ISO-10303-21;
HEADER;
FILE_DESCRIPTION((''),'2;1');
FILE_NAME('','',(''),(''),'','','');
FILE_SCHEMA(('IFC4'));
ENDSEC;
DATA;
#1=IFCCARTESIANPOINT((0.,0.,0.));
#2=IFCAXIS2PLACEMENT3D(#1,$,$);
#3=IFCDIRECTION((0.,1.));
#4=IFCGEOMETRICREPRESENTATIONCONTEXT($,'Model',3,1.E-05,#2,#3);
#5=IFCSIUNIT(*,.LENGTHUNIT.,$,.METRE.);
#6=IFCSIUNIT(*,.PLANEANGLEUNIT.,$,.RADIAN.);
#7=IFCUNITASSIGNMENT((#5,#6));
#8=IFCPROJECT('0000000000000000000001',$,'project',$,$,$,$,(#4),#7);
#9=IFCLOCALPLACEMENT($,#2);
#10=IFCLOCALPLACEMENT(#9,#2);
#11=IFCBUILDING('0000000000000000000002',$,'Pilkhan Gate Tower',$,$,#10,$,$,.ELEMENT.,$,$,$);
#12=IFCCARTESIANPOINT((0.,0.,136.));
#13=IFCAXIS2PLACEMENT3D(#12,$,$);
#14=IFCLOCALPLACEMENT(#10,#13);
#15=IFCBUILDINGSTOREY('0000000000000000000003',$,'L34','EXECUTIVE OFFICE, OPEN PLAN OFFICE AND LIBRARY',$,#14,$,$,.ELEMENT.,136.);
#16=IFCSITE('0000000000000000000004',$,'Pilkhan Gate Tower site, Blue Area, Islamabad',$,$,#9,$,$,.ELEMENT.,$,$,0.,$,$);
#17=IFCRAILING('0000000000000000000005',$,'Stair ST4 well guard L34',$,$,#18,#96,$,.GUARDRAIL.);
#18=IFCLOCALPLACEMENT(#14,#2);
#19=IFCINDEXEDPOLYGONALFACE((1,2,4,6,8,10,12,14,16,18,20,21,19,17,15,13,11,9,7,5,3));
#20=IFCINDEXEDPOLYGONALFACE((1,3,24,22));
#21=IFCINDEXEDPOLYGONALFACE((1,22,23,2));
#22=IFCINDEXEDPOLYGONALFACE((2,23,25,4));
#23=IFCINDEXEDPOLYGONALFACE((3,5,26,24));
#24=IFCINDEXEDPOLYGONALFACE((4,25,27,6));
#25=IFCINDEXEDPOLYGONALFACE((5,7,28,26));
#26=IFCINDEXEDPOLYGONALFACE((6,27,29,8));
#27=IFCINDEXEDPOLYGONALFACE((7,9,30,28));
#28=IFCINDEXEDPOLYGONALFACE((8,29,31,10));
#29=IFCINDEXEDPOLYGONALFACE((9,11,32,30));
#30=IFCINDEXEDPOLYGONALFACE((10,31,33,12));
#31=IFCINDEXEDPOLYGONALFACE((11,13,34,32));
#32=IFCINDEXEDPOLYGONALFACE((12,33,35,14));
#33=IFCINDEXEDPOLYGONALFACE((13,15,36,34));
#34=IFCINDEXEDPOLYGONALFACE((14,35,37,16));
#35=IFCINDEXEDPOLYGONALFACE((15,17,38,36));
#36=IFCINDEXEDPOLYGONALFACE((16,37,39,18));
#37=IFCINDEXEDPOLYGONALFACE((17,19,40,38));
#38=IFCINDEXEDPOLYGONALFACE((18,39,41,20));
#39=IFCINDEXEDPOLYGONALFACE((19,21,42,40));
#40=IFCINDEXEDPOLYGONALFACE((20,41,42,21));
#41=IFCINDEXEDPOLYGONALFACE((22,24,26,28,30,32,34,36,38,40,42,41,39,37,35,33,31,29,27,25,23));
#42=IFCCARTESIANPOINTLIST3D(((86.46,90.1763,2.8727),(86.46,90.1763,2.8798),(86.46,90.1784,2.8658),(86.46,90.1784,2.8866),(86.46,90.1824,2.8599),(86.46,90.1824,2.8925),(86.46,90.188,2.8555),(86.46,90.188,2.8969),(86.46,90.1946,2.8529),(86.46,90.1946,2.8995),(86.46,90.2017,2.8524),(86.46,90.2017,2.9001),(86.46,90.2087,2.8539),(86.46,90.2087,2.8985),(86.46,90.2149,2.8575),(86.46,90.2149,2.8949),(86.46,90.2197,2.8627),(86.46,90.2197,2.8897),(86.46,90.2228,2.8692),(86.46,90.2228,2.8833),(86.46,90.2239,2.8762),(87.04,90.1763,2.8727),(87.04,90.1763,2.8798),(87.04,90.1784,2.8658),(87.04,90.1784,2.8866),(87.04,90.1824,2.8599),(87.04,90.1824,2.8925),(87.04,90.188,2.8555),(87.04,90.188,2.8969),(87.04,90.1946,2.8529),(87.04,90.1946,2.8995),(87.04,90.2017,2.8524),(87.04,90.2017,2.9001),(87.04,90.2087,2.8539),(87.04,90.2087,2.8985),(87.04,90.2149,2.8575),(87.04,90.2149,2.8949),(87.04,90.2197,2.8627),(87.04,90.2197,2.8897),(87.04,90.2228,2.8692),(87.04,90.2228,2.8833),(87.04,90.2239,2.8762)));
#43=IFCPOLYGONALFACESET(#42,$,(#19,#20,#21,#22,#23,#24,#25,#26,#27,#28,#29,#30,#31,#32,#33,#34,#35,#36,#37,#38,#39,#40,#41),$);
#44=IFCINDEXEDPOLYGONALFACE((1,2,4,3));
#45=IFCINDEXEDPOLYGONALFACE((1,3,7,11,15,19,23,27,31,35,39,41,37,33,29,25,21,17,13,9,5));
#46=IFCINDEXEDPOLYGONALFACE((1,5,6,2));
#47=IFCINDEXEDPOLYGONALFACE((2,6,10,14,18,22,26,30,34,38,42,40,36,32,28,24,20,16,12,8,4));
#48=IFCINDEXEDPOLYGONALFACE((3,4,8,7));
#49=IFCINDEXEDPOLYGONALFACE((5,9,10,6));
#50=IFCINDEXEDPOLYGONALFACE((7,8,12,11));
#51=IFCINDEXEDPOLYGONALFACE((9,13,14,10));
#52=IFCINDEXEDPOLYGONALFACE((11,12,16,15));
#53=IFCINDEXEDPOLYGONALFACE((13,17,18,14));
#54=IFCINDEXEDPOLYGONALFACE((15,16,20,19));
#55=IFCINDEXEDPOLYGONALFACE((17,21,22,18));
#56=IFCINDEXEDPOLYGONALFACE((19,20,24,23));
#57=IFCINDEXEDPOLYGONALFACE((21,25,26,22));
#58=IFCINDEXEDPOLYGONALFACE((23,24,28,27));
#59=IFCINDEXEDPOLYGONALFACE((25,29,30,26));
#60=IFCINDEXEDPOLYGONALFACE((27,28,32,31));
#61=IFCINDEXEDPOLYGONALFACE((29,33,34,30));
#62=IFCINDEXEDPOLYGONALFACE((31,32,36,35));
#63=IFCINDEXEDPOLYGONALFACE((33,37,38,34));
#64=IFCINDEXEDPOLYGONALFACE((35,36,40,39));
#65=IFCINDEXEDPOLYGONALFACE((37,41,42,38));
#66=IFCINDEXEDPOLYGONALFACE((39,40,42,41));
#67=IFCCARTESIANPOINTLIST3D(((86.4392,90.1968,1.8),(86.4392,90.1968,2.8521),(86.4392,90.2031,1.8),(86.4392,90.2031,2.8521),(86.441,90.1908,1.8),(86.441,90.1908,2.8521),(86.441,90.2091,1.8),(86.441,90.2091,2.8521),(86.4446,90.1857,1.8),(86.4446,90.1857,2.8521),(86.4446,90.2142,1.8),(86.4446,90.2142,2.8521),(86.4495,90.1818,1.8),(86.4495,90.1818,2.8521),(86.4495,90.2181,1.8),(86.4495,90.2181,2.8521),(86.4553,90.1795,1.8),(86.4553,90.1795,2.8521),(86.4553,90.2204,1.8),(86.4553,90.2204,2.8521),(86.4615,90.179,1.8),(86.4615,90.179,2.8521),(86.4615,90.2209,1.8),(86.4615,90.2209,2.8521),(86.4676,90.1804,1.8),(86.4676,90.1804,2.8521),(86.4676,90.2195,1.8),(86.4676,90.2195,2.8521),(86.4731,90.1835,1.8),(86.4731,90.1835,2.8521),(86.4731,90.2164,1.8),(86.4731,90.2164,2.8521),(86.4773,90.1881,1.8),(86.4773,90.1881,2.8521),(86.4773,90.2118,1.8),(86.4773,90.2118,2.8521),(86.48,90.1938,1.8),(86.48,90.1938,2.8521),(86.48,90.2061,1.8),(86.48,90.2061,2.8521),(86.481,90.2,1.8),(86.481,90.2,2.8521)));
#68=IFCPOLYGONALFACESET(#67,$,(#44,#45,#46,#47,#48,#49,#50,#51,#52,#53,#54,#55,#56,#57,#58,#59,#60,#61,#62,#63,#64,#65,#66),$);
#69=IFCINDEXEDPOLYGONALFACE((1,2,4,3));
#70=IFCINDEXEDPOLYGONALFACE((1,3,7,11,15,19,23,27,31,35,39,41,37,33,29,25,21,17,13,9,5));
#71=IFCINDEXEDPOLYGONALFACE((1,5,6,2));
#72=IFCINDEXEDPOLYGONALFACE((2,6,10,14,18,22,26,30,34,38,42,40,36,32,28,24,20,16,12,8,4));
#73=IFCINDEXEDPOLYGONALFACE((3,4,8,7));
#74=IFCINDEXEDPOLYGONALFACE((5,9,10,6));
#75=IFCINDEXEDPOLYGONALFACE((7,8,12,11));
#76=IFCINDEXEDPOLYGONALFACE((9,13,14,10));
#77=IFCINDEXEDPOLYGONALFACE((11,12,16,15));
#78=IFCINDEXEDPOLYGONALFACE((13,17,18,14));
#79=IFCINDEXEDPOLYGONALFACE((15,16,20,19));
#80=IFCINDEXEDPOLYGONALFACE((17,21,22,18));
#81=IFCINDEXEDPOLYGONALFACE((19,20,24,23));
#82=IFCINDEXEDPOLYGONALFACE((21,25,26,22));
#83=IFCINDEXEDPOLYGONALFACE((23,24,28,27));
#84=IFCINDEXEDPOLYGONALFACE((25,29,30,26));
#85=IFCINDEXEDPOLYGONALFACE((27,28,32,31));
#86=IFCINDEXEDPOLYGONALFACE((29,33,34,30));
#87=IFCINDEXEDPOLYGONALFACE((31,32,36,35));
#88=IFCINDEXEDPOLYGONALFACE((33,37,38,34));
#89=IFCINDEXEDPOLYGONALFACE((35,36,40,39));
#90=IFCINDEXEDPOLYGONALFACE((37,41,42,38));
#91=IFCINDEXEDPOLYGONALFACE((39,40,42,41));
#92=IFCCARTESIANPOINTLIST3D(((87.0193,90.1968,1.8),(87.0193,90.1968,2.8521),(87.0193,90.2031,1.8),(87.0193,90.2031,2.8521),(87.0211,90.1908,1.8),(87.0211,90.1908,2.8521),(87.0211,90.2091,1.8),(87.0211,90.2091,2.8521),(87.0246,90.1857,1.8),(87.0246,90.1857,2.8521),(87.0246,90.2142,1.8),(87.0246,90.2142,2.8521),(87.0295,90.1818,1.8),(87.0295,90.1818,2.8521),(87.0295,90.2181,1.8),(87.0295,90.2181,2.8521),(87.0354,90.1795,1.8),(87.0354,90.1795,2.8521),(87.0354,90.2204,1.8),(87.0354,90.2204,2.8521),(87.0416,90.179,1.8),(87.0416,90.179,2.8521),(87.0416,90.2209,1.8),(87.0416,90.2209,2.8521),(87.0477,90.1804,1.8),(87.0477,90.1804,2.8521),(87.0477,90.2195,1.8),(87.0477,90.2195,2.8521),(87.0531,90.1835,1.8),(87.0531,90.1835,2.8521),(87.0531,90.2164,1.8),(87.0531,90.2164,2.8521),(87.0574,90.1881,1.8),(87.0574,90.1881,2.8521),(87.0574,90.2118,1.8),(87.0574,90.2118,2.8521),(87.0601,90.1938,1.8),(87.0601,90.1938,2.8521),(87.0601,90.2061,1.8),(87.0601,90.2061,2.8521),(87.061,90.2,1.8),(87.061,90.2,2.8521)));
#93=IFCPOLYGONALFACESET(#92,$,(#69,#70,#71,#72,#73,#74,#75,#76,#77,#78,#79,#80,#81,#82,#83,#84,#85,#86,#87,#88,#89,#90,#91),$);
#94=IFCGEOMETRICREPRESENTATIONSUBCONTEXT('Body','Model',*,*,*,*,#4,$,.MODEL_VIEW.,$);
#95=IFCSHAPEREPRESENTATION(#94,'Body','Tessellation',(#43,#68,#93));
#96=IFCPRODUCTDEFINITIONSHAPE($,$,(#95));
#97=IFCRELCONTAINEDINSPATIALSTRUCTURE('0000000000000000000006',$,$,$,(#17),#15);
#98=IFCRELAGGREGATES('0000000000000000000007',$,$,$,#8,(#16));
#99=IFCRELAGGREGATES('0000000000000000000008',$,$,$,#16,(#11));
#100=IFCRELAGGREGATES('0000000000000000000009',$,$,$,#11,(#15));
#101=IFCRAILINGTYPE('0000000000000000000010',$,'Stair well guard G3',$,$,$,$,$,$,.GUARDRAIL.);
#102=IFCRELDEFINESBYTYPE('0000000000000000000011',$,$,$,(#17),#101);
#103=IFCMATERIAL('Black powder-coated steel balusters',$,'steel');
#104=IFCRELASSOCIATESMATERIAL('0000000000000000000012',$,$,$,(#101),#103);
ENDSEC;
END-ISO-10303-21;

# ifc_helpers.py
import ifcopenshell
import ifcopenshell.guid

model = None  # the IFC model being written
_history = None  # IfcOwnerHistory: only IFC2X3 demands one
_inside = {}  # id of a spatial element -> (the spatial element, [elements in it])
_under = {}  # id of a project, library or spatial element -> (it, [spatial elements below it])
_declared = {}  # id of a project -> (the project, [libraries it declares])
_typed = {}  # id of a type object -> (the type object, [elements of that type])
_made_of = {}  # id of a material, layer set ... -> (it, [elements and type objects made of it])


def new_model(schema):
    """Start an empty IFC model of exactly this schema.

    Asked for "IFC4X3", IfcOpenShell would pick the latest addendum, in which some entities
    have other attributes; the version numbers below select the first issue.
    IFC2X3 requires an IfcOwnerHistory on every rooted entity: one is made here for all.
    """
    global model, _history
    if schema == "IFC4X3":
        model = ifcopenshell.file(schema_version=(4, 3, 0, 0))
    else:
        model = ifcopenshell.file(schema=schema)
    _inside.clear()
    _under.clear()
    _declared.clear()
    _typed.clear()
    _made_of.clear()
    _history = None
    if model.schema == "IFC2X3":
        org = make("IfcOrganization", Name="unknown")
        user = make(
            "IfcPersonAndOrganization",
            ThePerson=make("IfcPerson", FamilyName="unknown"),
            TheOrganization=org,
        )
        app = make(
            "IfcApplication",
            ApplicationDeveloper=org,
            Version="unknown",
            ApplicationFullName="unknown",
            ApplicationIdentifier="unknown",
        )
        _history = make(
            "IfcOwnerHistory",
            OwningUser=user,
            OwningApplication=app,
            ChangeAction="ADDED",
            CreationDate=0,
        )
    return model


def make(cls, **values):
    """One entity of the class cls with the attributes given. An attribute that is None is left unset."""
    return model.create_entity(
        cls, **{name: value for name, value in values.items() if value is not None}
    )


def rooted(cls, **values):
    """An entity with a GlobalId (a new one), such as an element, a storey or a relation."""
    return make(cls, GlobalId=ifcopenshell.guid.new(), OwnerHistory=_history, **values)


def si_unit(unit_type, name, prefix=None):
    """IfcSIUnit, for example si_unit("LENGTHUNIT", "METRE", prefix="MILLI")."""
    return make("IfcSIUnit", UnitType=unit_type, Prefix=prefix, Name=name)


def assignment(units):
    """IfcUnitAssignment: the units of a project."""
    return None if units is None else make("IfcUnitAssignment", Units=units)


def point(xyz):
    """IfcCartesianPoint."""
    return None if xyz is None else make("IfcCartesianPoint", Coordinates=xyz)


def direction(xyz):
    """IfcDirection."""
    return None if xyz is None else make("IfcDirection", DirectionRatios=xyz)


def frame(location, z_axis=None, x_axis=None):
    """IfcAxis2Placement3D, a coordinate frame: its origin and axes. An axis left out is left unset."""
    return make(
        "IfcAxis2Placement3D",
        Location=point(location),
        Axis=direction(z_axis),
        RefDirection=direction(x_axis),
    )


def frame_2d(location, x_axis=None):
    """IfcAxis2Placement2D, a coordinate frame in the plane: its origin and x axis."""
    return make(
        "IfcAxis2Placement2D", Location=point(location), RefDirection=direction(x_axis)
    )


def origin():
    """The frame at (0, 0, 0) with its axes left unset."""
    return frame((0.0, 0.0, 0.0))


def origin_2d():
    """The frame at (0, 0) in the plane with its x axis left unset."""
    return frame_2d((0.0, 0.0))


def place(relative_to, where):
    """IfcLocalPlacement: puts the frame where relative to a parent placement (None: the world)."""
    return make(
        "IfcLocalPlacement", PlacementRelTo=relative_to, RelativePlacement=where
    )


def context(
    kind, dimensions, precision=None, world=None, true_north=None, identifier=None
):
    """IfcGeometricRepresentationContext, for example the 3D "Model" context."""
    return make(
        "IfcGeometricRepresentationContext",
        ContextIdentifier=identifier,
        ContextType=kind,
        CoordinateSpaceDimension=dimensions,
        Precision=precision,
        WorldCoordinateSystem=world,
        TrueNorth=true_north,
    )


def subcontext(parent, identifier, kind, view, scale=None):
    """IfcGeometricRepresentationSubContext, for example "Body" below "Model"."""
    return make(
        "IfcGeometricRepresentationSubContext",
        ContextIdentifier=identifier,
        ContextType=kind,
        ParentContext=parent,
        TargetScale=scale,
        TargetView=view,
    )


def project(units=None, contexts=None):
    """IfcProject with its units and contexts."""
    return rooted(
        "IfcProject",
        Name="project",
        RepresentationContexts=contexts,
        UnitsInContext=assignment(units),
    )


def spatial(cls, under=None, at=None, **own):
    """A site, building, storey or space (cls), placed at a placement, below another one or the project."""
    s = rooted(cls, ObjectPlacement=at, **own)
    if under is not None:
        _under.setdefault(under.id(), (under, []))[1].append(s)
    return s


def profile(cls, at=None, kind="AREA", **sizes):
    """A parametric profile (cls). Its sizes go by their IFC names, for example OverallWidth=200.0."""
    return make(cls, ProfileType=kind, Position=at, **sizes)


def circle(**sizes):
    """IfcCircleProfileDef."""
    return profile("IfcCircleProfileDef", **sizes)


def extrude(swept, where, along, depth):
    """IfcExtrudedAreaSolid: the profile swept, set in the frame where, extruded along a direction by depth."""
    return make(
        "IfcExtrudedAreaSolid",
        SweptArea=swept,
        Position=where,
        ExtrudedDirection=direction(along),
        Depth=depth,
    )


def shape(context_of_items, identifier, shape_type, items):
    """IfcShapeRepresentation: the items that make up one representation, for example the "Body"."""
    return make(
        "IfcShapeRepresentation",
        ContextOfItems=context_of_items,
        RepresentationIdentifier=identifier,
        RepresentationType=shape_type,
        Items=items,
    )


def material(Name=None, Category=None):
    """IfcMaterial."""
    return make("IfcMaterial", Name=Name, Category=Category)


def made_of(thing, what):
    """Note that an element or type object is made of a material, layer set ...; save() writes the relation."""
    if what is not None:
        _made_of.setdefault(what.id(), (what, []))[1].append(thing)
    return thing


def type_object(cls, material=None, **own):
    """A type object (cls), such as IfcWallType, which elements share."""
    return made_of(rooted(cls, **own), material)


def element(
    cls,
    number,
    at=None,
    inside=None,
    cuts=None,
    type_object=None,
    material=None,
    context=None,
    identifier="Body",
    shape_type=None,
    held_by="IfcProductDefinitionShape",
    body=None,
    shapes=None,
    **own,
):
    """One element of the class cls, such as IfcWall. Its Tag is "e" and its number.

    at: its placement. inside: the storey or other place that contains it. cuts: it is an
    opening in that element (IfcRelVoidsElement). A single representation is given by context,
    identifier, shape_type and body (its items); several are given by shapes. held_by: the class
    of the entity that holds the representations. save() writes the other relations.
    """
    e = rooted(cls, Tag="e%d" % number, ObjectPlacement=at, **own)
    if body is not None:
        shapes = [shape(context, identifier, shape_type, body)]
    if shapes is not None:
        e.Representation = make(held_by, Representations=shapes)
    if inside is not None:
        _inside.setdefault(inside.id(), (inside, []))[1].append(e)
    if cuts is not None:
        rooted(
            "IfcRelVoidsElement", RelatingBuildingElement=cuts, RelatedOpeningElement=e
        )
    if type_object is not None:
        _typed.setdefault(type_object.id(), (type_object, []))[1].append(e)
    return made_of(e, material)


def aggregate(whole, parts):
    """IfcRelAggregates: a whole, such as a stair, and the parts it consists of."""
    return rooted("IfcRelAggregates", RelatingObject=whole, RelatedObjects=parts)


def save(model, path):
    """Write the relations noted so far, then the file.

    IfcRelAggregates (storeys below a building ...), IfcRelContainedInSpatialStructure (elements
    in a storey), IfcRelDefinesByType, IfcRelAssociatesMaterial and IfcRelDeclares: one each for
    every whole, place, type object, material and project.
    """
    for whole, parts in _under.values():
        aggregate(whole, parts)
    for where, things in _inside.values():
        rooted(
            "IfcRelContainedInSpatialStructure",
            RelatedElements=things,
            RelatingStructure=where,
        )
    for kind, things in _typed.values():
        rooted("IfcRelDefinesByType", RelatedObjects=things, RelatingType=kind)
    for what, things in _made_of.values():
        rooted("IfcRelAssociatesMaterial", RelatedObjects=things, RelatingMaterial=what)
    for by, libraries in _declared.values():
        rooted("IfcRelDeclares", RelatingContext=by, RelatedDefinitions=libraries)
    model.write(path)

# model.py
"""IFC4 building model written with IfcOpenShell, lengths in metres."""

from ifc_helpers import new_model, si_unit, direction, frame, origin, origin_2d, place, context, subcontext, project, spatial, circle, extrude, material, type_object, element, save


model = new_model("IFC4")

# Units and contexts
model_context = context("Model", 3, precision=1e-05, world=origin(), true_north=direction((0.0, 1.0)))
body_context = subcontext(model_context, "Body", "Model", "MODEL_VIEW")
ifc_project = project(units=[si_unit("LENGTHUNIT", "METRE"), si_unit("PLANEANGLEUNIT", "RADIAN")], contexts=[model_context])

# Site, building, storey
site_placement = place(None, origin())
site = spatial("IfcSite", under=ifc_project, at=site_placement, Name="Pilkhan Gate Tower site, Blue Area, Islamabad", CompositionType="ELEMENT", RefElevation=0.0)
building_placement = place(site_placement, origin())
building = spatial("IfcBuilding", under=site, at=building_placement, Name="Pilkhan Gate Tower", CompositionType="ELEMENT")
storey_placement = place(building_placement, frame((0.0, 0.0, 136.0)))
storey = spatial("IfcBuildingStorey", under=building, at=storey_placement, Name="L34", Description="EXECUTIVE OFFICE, OPEN PLAN OFFICE AND LIBRARY", CompositionType="ELEMENT", Elevation=136.0)

# Railing
ifc_material_1 = material(Name="Black powder-coated steel balusters", Category="steel")
railing_type_1 = type_object("IfcRailingType", Name="Stair well guard G3", PredefinedType="GUARDRAIL", material=ifc_material_1)
for number, where, name in (
    (1, (86.46, 90.2, 1.8), "Stair ST4 well guard L34"),
):
    element("IfcRailing", number, at=place(storey_placement, frame(where)), inside=storey, type_object=railing_type_1, Name=name, PredefinedType="GUARDRAIL", context=body_context, shape_type="SweptSolid", body=[
        extrude(circle(Radius=0.0239, at=origin_2d()), frame((0.0, 0.0, 1.0762), z_axis=(1.0, 0.0, 0.0), x_axis=(0.0, 1.0, 0.0)), (0.0, 0.0, 1.0), 0.5801),
        extrude(circle(Radius=0.021, at=origin_2d()), origin(), (0.0, 0.0, 1.0), 1.052),
        extrude(circle(Radius=0.021, at=origin_2d()), frame((0.5801, 0.0, 0.0)), (0.0, 0.0, 1.0), 1.052),
    ])

save(model, "model.ifc")
